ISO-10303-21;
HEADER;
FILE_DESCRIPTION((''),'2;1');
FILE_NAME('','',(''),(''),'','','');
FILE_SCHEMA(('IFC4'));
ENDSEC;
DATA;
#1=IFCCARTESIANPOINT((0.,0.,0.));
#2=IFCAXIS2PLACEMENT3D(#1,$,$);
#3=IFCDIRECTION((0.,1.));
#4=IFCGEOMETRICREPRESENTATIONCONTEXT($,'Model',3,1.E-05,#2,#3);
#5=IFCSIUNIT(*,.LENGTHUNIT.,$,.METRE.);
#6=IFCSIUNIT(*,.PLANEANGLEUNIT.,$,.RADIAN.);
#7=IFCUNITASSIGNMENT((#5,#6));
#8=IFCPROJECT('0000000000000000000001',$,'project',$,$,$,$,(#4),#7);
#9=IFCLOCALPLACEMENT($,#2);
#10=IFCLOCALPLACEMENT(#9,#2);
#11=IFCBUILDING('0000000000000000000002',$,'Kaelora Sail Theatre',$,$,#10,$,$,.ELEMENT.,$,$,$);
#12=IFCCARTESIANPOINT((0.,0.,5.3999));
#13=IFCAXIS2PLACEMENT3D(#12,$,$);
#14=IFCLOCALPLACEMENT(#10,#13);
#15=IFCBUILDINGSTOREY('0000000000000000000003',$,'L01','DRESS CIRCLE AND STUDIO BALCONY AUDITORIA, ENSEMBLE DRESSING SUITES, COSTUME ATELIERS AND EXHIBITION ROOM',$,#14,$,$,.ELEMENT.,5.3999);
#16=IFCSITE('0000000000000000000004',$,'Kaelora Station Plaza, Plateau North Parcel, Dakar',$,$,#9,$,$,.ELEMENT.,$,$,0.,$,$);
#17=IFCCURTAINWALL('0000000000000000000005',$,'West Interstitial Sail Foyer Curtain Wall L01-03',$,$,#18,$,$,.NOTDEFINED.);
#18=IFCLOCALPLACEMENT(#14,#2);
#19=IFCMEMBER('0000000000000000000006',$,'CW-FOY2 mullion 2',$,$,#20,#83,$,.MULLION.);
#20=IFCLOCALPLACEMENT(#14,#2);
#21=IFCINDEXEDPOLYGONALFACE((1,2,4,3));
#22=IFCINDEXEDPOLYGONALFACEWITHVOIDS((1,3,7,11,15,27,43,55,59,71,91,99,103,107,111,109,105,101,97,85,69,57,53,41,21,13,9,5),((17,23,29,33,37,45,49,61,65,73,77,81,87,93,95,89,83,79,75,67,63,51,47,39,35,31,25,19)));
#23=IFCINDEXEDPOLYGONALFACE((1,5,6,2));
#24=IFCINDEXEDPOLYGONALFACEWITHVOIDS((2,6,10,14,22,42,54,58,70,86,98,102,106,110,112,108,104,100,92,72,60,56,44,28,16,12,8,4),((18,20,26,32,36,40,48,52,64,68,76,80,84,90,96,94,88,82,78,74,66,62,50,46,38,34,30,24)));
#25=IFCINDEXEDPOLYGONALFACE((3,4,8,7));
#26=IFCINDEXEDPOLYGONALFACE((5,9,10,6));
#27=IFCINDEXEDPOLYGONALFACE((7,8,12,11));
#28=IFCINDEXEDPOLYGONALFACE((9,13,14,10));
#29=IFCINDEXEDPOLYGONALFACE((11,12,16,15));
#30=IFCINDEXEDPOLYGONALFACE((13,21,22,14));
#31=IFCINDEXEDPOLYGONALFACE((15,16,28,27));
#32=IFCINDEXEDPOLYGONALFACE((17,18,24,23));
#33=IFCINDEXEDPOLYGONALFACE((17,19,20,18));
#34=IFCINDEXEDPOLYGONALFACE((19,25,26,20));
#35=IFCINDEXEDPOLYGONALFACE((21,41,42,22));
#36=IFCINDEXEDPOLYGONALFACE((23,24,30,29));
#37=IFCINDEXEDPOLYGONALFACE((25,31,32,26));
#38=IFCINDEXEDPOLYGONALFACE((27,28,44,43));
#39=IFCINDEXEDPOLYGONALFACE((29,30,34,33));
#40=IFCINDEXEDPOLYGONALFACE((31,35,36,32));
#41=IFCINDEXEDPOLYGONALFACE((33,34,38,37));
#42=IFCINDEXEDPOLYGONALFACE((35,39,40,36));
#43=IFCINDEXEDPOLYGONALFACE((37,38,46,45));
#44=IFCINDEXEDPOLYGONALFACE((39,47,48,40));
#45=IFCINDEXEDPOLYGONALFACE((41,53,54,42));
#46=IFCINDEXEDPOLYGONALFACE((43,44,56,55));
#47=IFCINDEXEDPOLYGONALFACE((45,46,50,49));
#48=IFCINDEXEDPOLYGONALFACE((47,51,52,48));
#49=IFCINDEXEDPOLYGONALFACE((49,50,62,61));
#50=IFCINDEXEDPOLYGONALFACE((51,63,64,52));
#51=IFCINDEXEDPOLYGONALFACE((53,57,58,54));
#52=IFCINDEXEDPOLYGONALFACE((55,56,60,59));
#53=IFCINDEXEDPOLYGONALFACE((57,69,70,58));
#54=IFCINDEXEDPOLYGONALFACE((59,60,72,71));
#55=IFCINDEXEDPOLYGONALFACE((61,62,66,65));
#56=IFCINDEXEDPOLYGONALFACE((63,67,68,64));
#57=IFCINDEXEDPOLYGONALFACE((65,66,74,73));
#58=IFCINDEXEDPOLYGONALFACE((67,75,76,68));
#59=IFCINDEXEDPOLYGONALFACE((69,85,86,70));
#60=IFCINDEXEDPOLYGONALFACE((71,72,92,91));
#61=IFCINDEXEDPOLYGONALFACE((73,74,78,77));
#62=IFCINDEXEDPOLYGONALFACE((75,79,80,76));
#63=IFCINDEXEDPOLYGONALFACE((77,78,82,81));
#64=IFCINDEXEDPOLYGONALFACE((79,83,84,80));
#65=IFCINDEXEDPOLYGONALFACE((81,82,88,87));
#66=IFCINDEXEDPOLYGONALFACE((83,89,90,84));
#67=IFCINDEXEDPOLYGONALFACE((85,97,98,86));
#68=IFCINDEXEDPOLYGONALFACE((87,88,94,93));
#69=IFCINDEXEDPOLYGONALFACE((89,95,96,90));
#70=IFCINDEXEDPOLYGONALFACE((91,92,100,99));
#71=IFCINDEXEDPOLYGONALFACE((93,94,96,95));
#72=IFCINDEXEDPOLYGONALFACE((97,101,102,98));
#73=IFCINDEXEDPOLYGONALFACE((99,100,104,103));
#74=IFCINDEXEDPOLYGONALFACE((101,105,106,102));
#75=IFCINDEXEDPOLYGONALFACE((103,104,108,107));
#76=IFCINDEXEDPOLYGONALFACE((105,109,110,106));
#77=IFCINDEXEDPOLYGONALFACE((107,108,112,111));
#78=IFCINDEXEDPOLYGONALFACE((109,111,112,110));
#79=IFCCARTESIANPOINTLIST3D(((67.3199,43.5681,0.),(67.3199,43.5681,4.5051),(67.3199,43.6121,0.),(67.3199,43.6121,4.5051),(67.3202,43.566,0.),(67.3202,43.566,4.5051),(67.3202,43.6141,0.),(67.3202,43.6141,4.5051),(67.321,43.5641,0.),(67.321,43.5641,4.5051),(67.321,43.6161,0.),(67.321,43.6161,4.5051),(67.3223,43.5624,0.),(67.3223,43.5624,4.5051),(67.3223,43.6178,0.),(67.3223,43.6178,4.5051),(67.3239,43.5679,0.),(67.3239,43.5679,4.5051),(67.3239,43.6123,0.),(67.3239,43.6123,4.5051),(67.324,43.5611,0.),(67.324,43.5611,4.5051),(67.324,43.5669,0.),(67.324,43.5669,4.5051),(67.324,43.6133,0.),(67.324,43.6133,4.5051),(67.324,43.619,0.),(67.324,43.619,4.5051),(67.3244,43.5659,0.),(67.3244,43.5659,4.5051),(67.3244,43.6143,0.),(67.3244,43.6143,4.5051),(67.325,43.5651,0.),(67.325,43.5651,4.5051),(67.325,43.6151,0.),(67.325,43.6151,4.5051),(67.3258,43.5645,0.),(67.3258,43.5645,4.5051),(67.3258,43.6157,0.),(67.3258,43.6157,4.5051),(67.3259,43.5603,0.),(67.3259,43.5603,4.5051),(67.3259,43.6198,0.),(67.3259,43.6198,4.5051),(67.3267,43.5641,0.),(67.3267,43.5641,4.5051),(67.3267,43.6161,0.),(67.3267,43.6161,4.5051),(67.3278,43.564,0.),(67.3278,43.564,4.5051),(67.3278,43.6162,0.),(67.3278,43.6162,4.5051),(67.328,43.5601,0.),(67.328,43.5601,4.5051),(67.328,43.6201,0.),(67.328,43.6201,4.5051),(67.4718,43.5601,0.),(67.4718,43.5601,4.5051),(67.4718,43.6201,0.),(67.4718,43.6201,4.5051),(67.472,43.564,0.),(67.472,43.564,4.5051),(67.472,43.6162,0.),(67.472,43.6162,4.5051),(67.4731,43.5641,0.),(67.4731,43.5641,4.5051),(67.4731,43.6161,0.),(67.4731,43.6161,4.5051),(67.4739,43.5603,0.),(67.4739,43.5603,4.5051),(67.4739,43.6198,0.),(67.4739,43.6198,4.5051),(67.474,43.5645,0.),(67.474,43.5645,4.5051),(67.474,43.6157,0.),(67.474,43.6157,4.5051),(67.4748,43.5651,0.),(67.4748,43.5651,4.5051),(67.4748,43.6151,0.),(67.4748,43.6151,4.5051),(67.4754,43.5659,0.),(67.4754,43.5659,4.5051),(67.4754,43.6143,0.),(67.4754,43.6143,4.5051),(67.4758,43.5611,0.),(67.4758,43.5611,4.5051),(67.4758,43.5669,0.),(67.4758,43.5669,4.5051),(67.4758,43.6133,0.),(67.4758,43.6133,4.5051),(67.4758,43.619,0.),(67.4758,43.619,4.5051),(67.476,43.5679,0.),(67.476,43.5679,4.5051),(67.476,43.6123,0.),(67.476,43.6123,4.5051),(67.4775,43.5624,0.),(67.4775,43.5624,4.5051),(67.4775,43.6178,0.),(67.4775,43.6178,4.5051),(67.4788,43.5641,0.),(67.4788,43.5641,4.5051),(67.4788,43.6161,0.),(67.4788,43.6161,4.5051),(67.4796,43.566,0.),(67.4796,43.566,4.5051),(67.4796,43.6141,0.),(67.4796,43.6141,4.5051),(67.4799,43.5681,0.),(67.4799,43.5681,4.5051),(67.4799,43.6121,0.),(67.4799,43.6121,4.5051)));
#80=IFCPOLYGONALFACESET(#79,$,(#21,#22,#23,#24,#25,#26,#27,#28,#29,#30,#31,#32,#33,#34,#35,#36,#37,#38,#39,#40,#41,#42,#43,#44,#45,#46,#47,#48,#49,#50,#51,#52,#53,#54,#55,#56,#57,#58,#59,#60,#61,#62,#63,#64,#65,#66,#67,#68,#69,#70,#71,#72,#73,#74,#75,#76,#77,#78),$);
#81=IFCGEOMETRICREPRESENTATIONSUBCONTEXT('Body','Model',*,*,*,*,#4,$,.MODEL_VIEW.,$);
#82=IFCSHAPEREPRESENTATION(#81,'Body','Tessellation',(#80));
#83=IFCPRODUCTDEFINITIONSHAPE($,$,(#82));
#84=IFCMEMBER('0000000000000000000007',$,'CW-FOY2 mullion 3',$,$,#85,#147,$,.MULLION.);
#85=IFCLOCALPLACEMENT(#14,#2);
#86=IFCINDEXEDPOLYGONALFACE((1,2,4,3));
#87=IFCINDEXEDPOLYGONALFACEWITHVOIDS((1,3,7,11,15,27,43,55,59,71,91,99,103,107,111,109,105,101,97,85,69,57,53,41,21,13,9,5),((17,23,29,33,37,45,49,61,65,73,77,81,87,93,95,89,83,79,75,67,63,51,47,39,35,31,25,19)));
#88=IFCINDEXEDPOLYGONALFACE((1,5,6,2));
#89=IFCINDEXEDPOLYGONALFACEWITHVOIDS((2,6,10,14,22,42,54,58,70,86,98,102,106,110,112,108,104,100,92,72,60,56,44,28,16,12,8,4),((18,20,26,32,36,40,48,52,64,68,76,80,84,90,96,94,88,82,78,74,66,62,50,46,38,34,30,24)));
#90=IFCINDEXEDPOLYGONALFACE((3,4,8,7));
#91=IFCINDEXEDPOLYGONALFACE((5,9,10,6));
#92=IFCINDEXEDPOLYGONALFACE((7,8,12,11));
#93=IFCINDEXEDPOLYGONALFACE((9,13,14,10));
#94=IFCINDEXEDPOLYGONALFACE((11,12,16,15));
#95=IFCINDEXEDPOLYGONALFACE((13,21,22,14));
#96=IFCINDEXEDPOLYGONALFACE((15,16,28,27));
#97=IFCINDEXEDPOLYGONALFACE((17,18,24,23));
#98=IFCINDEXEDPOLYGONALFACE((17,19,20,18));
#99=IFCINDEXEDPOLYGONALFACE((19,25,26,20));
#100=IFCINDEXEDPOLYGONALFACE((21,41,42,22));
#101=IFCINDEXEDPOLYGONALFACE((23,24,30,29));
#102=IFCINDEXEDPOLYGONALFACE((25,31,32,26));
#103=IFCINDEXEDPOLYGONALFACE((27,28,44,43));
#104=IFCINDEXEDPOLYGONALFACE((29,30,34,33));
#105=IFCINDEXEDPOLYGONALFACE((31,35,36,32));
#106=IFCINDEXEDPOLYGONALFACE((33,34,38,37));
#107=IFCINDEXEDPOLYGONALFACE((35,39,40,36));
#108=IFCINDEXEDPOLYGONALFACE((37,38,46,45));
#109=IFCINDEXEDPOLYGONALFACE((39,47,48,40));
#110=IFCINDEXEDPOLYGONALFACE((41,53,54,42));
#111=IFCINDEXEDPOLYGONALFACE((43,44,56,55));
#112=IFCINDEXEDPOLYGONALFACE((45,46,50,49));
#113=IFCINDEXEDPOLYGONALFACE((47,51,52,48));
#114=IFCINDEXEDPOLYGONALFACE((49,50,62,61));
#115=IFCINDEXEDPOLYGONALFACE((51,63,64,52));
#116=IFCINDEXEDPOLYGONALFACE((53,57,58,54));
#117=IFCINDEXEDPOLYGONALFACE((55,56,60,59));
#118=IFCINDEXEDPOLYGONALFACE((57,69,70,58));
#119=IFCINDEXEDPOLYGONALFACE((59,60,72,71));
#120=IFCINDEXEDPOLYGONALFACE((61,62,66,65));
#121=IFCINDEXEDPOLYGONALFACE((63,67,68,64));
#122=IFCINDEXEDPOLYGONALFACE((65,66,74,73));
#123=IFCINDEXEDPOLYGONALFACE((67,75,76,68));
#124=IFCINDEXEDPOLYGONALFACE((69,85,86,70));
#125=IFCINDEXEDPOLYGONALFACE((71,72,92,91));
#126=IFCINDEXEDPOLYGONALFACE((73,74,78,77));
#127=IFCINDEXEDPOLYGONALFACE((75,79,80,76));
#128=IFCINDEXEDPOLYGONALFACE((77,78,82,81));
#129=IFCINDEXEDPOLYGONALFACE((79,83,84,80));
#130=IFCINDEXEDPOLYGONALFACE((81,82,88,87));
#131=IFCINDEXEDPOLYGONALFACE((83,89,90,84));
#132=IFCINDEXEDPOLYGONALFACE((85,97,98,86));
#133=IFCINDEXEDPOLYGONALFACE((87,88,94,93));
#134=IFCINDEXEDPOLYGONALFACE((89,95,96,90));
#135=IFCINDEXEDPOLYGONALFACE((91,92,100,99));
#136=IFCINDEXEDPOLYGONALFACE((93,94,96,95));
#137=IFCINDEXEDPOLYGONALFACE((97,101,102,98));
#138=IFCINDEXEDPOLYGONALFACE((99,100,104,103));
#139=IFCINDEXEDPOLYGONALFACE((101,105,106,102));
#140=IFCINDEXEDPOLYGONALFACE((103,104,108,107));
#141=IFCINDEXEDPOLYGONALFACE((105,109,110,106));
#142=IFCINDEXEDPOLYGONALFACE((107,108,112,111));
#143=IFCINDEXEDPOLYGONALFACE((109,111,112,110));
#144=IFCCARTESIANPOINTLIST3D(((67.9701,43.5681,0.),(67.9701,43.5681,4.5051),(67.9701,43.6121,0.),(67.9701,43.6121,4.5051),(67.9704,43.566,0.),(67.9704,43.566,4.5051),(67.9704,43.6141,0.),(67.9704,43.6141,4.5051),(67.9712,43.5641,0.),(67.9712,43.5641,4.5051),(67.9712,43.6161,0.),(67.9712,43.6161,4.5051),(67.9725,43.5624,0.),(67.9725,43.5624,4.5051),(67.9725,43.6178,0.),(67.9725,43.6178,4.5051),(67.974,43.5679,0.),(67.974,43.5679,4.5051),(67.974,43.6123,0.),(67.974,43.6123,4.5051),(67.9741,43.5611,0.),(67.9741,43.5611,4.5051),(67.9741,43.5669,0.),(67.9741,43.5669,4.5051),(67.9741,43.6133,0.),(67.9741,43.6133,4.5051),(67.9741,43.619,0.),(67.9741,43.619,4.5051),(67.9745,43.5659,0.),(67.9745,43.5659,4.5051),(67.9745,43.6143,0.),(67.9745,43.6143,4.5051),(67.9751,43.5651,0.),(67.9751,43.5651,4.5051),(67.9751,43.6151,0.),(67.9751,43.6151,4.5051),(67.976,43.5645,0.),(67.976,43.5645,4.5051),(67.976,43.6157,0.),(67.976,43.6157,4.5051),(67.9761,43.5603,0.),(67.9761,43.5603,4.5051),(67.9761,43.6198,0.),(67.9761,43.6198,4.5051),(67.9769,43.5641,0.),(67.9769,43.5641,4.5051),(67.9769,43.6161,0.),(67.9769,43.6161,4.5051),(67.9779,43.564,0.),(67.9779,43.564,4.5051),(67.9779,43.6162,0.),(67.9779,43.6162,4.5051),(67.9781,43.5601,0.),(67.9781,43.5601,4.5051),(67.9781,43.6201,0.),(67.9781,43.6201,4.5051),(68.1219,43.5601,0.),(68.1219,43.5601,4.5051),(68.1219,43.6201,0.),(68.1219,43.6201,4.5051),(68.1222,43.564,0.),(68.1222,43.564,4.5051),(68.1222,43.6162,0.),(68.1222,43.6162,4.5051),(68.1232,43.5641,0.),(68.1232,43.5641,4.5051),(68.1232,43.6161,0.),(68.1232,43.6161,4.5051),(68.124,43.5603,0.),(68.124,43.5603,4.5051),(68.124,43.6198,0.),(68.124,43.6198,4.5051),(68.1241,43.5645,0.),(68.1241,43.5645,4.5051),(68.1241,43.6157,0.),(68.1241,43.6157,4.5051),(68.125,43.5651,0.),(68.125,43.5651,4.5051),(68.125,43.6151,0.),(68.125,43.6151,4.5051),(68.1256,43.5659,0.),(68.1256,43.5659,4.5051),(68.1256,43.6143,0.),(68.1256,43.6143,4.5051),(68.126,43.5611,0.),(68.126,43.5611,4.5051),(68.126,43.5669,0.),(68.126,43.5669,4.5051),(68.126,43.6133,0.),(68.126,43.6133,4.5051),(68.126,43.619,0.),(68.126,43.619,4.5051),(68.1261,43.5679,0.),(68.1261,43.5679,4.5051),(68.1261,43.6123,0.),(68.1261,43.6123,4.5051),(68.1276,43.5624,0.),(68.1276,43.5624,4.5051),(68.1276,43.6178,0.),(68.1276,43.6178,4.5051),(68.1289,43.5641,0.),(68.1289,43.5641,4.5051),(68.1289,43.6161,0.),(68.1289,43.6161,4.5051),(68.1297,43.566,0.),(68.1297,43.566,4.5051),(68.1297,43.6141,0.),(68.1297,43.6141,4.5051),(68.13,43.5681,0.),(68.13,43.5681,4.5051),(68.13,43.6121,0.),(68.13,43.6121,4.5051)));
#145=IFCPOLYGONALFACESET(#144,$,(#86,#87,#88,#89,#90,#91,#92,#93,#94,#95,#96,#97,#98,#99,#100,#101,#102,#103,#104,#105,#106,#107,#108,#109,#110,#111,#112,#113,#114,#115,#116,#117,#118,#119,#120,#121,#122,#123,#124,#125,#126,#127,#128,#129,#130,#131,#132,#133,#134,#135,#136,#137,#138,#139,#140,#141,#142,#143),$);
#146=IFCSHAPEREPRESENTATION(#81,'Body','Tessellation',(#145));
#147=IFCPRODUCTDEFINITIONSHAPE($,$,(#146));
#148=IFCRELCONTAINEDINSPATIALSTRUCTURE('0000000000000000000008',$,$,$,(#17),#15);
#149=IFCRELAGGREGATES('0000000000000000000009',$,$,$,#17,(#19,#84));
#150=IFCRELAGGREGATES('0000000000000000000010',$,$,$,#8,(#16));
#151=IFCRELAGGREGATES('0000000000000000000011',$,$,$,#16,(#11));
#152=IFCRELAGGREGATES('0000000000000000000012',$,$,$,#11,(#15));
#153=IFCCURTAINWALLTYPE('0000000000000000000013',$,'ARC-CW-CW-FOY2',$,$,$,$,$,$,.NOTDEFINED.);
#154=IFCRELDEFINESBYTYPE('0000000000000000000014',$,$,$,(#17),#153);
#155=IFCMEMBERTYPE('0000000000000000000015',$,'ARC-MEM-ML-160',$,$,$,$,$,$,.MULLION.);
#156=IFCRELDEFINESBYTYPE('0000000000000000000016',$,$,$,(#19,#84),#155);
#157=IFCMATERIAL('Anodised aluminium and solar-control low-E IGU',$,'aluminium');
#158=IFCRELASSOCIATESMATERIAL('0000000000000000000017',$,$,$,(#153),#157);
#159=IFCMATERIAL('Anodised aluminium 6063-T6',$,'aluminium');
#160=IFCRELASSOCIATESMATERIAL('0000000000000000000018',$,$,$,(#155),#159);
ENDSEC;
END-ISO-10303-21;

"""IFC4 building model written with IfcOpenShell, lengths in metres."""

from ifc_helpers import new_model, si_unit, direction, frame, origin, origin_2d, place, context, subcontext, project, spatial, hollow_rectangle, extrude, material, material_profile, profile_set, type_object, element, aggregate, save


model = new_model("IFC4")

# Units and contexts
model_context = context("Model", 3, precision=1e-05, world=origin(), true_north=direction((0.0, 1.0)))
body_context = subcontext(model_context, "Body", "Model", "MODEL_VIEW")
ifc_project = project(units=[si_unit("LENGTHUNIT", "METRE"), si_unit("PLANEANGLEUNIT", "RADIAN")], contexts=[model_context])

# Site, building, storey
site_placement = place(None, origin())
site = spatial("IfcSite", under=ifc_project, at=site_placement, Name="Kaelora Station Plaza, Plateau North Parcel, Dakar", CompositionType="ELEMENT", RefElevation=0.0)
building_placement = place(site_placement, origin())
building = spatial("IfcBuilding", under=site, at=building_placement, Name="Kaelora Sail Theatre", CompositionType="ELEMENT")
storey_placement = place(building_placement, frame((0.0, 0.0, 5.3999)))
storey = spatial("IfcBuildingStorey", under=building, at=storey_placement, Name="L01", Description="DRESS CIRCLE AND STUDIO BALCONY AUDITORIA, ENSEMBLE DRESSING SUITES, COSTUME ATELIERS AND EXHIBITION ROOM", CompositionType="ELEMENT", Elevation=5.3999)

# Curtain wall, members
ifc_material_1 = material(Name="Anodised aluminium and solar-control low-E IGU", Category="aluminium")
curtain_wall_type = type_object("IfcCurtainWallType", Name="ARC-CW-CW-FOY2", PredefinedType="NOTDEFINED", material=ifc_material_1)
ifc_material_2 = material(Name="Anodised aluminium 6063-T6", Category="aluminium")
ifc_material_profile_1 = material_profile(ifc_material_2, hollow_rectangle(XDim=0.0601, YDim=0.1599, WallThickness=0.0039, InnerFilletRadius=0.0039, OuterFilletRadius=0.0081, at=origin_2d()), Name="ALU-MULL 60x160x4")
ifc_profile_set_1 = profile_set([ifc_material_profile_1], Name="Anodised aluminium 6063-T6")
member_type_1 = type_object("IfcMemberType", Name="ARC-MEM-ML-160", PredefinedType="MULLION", material=ifc_profile_set_1)
curtain_wall_1_placement = place(storey_placement, origin())
curtain_wall_1 = element("IfcCurtainWall", 1, at=curtain_wall_1_placement, inside=storey, type_object=curtain_wall_type, Name="West Interstitial Sail Foyer Curtain Wall L01-03", PredefinedType="NOTDEFINED")
member_1_placement = place(storey_placement, frame((67.3999, 43.5901, 0.0), z_axis=(0.0, 0.0, 1.0), x_axis=(0.0, 1.0, 0.0)))
member_1 = element("IfcMember", 2, at=member_1_placement, type_object=member_type_1, Name="CW-FOY2 mullion 2", PredefinedType="MULLION", context=body_context, shape_type="SweptSolid", body=[
    extrude(hollow_rectangle(XDim=0.0601, YDim=0.1599, WallThickness=0.0039, InnerFilletRadius=0.0039, OuterFilletRadius=0.0081, at=origin_2d()), origin(), (0.0, 0.0, 1.0), 4.5051),
])
member_2_placement = place(storey_placement, frame((68.05, 43.5901, 0.0), z_axis=(0.0, 0.0, 1.0), x_axis=(0.0, 1.0, 0.0)))
member_2 = element("IfcMember", 3, at=member_2_placement, type_object=member_type_1, Name="CW-FOY2 mullion 3", PredefinedType="MULLION", context=body_context, shape_type="SweptSolid", body=[
    extrude(hollow_rectangle(XDim=0.0601, YDim=0.1599, WallThickness=0.0039, InnerFilletRadius=0.0039, OuterFilletRadius=0.0081, at=origin_2d()), origin(), (0.0, 0.0, 1.0), 4.5051),
])

aggregate(curtain_wall_1, [member_1, member_2])

save(model, "model.ifc")
